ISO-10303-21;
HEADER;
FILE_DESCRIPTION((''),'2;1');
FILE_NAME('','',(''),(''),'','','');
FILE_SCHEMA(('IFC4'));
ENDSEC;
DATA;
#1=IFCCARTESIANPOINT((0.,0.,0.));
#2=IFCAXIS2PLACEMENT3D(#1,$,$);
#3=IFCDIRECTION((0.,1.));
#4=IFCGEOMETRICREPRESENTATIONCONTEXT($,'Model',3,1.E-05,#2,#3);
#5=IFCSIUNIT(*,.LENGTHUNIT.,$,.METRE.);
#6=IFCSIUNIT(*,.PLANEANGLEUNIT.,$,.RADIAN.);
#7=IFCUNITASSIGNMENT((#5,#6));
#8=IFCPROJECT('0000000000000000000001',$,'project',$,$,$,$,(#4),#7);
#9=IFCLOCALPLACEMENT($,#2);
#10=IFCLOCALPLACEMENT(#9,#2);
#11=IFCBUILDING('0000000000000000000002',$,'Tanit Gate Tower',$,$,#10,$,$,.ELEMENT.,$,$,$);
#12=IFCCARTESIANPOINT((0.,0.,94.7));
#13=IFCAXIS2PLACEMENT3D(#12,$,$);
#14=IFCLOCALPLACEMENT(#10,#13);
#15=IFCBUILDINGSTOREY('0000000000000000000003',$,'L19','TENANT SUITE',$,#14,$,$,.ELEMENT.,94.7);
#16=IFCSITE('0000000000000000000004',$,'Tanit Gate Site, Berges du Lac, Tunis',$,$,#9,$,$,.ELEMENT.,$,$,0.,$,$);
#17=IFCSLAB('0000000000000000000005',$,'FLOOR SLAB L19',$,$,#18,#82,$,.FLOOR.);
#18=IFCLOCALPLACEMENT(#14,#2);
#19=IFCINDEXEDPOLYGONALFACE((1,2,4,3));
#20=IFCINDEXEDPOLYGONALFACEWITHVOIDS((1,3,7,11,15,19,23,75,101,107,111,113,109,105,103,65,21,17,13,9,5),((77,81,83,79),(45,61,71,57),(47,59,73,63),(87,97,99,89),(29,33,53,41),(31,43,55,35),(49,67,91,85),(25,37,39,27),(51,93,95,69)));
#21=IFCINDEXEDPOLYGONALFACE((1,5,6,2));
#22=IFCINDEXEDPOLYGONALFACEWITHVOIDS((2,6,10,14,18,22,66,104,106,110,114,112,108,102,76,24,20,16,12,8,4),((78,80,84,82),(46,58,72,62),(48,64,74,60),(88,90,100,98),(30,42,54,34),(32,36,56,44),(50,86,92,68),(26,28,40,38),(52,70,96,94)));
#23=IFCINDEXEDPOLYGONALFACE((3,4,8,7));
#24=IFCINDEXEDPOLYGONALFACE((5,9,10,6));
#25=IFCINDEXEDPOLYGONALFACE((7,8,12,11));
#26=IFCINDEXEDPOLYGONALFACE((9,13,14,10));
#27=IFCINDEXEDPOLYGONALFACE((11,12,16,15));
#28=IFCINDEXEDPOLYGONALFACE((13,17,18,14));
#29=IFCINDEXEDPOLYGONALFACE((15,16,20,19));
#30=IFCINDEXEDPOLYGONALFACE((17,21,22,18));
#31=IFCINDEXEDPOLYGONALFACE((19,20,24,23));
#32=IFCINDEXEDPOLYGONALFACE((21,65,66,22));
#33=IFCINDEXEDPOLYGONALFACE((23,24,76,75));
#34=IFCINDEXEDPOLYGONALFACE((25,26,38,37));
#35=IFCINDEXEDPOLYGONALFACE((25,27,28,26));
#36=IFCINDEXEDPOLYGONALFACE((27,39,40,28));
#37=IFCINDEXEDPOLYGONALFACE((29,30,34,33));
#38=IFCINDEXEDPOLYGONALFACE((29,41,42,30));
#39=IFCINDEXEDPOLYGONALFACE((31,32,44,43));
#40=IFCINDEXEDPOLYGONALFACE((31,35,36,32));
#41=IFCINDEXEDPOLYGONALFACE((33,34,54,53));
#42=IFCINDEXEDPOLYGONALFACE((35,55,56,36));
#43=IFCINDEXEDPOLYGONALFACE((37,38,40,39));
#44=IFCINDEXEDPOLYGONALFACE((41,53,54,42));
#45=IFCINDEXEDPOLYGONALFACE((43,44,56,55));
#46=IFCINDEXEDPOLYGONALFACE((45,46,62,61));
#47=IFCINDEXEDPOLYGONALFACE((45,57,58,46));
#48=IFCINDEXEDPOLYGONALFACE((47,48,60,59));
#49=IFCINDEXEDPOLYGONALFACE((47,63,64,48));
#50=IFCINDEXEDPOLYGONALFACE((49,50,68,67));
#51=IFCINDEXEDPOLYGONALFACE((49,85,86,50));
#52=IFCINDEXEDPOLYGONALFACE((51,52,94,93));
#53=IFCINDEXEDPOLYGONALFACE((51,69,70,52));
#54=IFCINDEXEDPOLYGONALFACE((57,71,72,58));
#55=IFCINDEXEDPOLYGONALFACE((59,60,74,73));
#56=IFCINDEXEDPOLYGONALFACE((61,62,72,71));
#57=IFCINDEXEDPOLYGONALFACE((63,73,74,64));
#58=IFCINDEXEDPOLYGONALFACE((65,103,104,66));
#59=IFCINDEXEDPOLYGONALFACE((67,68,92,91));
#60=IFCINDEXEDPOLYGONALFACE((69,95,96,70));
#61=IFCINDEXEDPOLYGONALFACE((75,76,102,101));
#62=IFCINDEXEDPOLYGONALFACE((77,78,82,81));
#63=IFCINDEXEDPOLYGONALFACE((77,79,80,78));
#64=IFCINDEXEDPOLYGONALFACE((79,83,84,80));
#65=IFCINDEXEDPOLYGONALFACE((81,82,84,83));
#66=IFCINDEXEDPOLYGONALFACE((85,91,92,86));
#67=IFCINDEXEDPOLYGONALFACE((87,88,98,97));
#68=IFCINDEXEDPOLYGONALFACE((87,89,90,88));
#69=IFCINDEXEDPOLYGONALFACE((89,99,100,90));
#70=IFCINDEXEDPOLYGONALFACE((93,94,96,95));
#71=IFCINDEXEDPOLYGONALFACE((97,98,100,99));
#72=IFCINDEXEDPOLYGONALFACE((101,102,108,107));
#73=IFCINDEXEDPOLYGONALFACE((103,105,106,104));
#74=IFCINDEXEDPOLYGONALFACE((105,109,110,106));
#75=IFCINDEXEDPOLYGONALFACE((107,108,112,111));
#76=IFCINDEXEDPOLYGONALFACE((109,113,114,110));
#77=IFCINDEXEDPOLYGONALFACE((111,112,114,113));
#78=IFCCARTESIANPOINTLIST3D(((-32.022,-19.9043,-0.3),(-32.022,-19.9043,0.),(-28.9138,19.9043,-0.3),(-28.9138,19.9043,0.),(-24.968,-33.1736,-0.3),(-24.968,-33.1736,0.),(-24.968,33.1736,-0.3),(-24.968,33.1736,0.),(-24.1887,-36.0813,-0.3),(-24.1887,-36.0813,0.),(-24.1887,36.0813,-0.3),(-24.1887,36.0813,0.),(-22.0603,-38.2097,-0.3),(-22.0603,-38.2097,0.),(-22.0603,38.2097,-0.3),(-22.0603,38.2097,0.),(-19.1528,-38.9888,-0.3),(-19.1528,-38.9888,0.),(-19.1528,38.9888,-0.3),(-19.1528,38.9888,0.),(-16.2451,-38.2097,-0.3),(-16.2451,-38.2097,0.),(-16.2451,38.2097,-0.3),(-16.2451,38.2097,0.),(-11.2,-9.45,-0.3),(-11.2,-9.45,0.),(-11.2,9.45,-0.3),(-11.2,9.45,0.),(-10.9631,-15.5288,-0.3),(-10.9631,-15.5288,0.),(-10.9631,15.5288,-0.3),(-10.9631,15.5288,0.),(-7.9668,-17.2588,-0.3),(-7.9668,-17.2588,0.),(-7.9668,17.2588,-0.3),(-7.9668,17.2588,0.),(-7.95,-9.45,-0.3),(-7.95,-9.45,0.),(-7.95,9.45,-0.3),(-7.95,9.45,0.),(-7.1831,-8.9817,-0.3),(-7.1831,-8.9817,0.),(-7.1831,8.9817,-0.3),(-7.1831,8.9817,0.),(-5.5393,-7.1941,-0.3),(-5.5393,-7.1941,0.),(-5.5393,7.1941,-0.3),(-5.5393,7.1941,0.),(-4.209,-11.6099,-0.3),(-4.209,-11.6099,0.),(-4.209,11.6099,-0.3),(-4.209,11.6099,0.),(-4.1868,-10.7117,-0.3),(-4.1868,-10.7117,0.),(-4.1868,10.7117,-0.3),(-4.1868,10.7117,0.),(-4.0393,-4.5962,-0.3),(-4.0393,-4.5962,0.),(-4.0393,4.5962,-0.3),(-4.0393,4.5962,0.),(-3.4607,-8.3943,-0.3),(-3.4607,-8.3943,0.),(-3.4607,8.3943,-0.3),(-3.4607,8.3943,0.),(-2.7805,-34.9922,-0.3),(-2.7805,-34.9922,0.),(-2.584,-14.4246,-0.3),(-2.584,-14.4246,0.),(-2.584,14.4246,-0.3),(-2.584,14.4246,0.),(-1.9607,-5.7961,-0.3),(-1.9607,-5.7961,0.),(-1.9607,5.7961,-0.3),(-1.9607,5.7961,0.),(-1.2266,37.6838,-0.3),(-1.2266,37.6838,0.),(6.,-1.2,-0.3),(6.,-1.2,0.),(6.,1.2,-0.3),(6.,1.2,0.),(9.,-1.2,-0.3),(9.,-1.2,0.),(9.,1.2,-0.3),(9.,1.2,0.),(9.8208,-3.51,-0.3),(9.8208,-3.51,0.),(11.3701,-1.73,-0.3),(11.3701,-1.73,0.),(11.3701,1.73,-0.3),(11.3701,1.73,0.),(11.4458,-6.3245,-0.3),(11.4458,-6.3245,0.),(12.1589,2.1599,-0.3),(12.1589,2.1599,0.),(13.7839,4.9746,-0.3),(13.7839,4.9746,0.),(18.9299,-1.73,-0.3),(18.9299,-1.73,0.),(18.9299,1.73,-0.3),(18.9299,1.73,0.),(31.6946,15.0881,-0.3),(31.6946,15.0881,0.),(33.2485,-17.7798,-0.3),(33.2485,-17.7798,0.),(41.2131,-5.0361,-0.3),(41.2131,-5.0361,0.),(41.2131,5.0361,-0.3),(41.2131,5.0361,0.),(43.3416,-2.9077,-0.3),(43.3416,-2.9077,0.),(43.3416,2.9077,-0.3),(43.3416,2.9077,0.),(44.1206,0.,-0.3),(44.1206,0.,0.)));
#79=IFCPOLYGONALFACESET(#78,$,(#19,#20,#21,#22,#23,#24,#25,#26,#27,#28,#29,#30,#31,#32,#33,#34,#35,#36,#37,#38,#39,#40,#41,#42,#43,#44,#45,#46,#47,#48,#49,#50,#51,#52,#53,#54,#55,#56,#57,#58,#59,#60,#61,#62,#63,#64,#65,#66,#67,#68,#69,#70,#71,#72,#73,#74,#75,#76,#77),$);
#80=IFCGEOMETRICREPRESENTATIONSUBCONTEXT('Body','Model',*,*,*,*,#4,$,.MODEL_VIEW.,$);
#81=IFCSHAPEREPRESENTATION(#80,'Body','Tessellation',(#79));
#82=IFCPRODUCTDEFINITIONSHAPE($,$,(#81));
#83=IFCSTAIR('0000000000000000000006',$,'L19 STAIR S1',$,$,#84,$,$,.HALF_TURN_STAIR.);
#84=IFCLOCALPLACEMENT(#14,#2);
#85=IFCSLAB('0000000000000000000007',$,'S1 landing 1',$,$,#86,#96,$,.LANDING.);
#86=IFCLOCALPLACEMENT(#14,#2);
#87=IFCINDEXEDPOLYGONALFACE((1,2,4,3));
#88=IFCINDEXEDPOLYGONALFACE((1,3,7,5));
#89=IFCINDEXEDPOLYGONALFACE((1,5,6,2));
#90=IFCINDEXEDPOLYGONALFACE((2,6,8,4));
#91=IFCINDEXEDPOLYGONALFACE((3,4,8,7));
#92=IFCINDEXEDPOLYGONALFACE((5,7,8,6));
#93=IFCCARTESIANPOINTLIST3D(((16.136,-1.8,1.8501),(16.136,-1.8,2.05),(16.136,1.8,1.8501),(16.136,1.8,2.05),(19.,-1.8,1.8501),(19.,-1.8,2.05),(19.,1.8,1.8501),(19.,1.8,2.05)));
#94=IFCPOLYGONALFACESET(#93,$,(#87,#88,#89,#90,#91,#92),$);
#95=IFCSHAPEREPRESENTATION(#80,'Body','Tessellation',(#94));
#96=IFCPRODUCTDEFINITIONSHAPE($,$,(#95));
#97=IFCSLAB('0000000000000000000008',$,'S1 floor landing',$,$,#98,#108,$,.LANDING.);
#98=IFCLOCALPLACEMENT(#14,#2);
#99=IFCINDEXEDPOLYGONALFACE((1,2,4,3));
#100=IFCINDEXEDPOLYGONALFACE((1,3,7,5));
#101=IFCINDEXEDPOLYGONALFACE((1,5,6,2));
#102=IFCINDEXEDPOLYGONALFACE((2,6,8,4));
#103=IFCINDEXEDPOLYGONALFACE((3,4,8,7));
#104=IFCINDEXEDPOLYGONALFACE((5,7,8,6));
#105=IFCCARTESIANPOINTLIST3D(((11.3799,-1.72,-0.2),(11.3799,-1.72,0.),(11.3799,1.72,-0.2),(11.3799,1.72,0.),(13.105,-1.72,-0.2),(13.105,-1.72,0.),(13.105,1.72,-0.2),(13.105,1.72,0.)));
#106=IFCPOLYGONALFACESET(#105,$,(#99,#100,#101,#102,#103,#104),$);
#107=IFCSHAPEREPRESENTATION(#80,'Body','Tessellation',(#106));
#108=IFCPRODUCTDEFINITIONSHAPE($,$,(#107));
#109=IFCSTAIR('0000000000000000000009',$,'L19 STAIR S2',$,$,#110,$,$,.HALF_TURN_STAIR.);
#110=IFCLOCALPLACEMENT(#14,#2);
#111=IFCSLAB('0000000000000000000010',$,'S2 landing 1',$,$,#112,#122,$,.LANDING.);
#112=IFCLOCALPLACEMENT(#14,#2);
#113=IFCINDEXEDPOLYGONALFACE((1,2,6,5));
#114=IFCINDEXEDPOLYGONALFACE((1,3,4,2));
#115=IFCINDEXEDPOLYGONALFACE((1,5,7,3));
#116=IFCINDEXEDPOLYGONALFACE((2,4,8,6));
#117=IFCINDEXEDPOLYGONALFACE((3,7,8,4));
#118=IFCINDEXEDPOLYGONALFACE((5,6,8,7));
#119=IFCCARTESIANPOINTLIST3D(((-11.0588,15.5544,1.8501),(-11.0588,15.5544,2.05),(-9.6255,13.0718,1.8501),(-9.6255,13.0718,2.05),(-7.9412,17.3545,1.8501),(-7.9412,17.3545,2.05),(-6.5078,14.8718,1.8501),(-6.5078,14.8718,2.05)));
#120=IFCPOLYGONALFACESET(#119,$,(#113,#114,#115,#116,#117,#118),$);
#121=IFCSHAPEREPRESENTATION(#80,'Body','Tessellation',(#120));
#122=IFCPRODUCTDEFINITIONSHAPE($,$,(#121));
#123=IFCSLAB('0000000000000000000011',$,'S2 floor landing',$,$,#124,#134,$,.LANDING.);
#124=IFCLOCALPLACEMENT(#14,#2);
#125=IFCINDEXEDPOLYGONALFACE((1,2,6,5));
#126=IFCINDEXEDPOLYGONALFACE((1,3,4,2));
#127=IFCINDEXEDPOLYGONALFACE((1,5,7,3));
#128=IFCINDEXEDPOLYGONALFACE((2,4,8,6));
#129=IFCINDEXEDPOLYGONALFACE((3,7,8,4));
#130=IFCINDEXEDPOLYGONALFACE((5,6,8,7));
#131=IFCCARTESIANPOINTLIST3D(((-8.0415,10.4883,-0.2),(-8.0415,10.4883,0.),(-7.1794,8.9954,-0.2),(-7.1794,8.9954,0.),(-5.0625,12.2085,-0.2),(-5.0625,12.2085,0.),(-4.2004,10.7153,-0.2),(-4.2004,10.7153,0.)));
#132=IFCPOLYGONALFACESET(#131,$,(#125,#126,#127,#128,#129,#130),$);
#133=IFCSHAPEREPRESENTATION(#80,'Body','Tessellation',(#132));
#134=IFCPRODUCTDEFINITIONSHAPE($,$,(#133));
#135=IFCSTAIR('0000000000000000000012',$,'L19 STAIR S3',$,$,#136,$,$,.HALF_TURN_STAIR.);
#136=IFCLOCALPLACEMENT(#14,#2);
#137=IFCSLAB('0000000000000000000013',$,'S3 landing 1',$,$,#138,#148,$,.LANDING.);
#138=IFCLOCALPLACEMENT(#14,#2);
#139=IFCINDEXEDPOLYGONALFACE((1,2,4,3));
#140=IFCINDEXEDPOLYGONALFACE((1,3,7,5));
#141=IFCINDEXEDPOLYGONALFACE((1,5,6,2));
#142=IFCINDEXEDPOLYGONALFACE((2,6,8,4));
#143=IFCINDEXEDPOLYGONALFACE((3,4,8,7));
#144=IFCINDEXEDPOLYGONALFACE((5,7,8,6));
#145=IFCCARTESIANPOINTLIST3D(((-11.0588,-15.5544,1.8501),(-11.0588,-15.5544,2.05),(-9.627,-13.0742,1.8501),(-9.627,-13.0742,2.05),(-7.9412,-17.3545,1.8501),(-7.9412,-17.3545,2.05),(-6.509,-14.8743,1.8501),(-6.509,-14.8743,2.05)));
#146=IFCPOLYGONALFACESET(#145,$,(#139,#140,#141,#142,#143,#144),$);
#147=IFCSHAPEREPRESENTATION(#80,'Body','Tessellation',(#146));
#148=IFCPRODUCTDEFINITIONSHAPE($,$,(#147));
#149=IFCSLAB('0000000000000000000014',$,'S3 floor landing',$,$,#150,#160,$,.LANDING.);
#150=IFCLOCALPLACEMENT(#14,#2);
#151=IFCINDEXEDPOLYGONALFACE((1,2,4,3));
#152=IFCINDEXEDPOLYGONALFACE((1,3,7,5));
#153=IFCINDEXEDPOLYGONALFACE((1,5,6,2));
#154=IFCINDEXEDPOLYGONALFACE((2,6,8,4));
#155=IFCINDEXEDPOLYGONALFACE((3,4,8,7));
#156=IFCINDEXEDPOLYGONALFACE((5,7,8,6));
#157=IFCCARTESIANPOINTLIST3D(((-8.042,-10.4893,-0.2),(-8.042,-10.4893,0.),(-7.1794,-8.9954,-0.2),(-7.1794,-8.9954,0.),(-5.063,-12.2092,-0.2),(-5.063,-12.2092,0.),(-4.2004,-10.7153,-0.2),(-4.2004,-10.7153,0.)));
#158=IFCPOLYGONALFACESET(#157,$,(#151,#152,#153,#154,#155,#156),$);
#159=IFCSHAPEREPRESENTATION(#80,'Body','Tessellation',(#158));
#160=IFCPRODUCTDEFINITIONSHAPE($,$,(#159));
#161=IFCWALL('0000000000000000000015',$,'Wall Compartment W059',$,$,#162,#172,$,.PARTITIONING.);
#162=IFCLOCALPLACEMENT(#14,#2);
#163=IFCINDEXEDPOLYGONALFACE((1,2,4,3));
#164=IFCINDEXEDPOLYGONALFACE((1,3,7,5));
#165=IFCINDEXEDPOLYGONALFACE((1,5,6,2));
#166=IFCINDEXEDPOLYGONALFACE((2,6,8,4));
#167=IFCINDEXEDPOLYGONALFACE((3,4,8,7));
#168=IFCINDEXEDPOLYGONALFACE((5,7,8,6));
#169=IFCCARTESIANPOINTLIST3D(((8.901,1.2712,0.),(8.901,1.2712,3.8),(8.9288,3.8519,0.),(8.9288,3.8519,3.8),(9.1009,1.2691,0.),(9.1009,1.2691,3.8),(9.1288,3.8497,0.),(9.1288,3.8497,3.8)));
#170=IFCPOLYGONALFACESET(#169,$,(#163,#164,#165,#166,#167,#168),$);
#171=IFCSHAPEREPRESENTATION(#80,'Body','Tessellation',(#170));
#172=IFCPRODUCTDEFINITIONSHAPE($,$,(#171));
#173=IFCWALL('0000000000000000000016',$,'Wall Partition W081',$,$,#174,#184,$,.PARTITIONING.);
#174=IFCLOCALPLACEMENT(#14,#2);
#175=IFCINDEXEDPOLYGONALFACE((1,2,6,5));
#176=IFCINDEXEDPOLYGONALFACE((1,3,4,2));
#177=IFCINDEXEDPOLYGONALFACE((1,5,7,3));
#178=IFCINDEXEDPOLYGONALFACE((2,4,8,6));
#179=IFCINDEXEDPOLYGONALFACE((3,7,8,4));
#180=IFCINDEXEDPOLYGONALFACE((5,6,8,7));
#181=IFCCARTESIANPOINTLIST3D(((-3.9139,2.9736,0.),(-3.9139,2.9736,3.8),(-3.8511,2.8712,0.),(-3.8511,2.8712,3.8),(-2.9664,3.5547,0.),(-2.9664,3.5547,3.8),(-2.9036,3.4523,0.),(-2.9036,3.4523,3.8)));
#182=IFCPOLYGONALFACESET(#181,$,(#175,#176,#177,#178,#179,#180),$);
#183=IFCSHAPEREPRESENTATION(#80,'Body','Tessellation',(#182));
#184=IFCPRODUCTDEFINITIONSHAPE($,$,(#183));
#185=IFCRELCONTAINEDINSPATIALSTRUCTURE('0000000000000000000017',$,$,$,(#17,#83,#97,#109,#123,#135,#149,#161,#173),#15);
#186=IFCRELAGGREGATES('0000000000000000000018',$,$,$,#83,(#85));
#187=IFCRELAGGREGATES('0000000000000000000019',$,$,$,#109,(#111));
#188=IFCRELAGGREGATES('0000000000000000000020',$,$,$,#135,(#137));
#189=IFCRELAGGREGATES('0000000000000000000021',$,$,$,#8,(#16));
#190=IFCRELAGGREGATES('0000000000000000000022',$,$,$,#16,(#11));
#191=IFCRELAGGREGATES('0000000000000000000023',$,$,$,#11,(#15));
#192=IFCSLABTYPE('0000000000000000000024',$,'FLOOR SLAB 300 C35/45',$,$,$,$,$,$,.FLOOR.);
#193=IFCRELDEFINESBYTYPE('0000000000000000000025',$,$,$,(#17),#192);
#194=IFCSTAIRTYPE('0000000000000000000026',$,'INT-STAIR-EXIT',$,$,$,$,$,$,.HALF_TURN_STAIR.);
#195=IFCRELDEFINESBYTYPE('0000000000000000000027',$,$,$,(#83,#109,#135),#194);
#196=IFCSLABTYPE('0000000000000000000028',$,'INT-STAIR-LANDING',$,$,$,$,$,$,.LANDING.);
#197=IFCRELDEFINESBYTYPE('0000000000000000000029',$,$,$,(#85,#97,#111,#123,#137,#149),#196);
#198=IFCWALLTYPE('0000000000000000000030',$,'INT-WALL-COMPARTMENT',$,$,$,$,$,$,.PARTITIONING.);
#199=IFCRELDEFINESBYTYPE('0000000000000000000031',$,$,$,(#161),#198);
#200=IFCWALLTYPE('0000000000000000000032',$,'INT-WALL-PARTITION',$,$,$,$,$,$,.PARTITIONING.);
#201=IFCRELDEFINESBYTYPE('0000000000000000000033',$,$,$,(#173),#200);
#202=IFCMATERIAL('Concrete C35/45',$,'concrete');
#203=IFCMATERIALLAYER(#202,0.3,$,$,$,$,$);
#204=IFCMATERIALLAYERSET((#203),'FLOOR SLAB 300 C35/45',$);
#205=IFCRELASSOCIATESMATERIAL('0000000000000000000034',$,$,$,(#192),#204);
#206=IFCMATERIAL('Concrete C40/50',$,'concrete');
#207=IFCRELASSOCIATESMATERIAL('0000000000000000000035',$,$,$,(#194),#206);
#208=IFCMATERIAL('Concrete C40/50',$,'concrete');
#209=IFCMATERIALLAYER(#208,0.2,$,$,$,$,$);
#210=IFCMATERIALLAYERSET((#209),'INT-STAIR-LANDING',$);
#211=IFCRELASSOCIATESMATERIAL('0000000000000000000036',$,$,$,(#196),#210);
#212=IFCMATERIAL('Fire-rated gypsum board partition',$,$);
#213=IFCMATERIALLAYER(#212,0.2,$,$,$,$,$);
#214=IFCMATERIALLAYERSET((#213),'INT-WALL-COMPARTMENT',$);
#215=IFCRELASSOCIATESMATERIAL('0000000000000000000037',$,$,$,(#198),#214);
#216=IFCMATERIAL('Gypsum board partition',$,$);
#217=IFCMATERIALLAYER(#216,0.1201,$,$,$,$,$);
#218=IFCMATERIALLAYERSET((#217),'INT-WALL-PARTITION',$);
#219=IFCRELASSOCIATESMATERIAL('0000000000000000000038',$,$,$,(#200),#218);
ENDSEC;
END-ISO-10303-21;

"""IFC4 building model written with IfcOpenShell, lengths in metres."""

from ifc_helpers import new_model, si_unit, direction, frame, frame_2d, origin, place, context, subcontext, project, spatial, polyline, rectangle, outline, extrude, material, layer, layer_set, type_object, element, aggregate, save


model = new_model("IFC4")

# Units and contexts
model_context = context("Model", 3, precision=1e-05, world=origin(), true_north=direction((0.0, 1.0)))
body_context = subcontext(model_context, "Body", "Model", "MODEL_VIEW")
ifc_project = project(units=[si_unit("LENGTHUNIT", "METRE"), si_unit("PLANEANGLEUNIT", "RADIAN")], contexts=[model_context])

# Site, building, storey
site_placement = place(None, origin())
site = spatial("IfcSite", under=ifc_project, at=site_placement, Name="Tanit Gate Site, Berges du Lac, Tunis", CompositionType="ELEMENT", RefElevation=0.0)
building_placement = place(site_placement, origin())
building = spatial("IfcBuilding", under=site, at=building_placement, Name="Tanit Gate Tower", CompositionType="ELEMENT")
storey_placement = place(building_placement, frame((0.0, 0.0, 94.7)))
storey = spatial("IfcBuildingStorey", under=building, at=storey_placement, Name="L19", Description="TENANT SUITE", CompositionType="ELEMENT", Elevation=94.7)

# Slab
ifc_material_1 = material(Name="Concrete C35/45", Category="concrete")
ifc_layer_1 = layer(ifc_material_1, 0.3)
ifc_layer_set_1 = layer_set([ifc_layer_1], Name="FLOOR SLAB 300 C35/45")
slab_type_1 = type_object("IfcSlabType", Name="FLOOR SLAB 300 C35/45", PredefinedType="FLOOR", material=ifc_layer_set_1)
slab_1_placement = place(storey_placement, frame((0.0, 0.0, -0.3)))
element("IfcSlab", 1, at=slab_1_placement, inside=storey, type_object=slab_type_1, Name="FLOOR SLAB L19", PredefinedType="FLOOR", context=body_context, shape_type="SweptSolid", body=[
    extrude(outline(polyline([(41.2131, 5.0361), (43.3416, 2.9077), (44.1206, 0.0), (43.3416, -2.9077), (41.2131, -5.0361), (33.2485, -17.7798), (-2.7805, -34.9922), (-16.2451, -38.2097), (-19.1528, -38.9888), (-22.0603, -38.2097), (-24.1887, -36.0813), (-24.968, -33.1736), (-32.022, -19.9043), (-28.9138, 19.9043), (-24.968, 33.1736), (-24.1887, 36.0813), (-22.0603, 38.2097), (-19.1528, 38.9888), (-16.2451, 38.2097), (-1.2266, 37.6838), (31.6946, 15.0881), (41.2131, 5.0361)]), holes=[polyline([(11.3701, 1.73), (18.9299, 1.73), (18.9299, -1.73), (11.3701, -1.73), (11.3701, 1.73)]), polyline([(-4.209, 11.6099), (-2.584, 14.4246), (13.7839, 4.9746), (12.1589, 2.1599), (-4.209, 11.6099)]), polyline([(-4.209, -11.6099), (9.8208, -3.51), (11.4458, -6.3245), (-2.584, -14.4246), (-4.209, -11.6099)]), polyline([(9.0, 1.2), (9.0, -1.2), (6.0, -1.2), (6.0, 1.2), (9.0, 1.2)]), polyline([(-5.5393, 7.1941), (-3.4607, 8.3943), (-1.9607, 5.7961), (-4.0393, 4.5962), (-5.5393, 7.1941)]), polyline([(-1.9607, -5.7961), (-3.4607, -8.3943), (-5.5393, -7.1941), (-4.0393, -4.5962), (-1.9607, -5.7961)]), polyline([(-10.9631, 15.5288), (-7.9668, 17.2588), (-4.1868, 10.7117), (-7.1831, 8.9817), (-10.9631, 15.5288)]), polyline([(-4.1868, -10.7117), (-7.9668, -17.2588), (-10.9631, -15.5288), (-7.1831, -8.9817), (-4.1868, -10.7117)]), polyline([(-11.2, -9.45), (-11.2, 9.45), (-7.95, 9.45), (-7.95, -9.45), (-11.2, -9.45)])]), origin(), (0.0, 0.0, 1.0), 0.3),
])

# Stair, slab
ifc_material_2 = material(Name="Concrete C40/50", Category="concrete")
stair_type = type_object("IfcStairType", Name="INT-STAIR-EXIT", PredefinedType="HALF_TURN_STAIR", material=ifc_material_2)
stair_1_placement = place(storey_placement, origin())
stair_1 = element("IfcStair", 2, at=stair_1_placement, inside=storey, type_object=stair_type, Name="L19 STAIR S1", PredefinedType="HALF_TURN_STAIR")
ifc_material_3 = material(Name="Concrete C40/50", Category="concrete")
ifc_layer_2 = layer(ifc_material_3, 0.2)
ifc_layer_set_2 = layer_set([ifc_layer_2], Name="INT-STAIR-LANDING")
slab_type_2 = type_object("IfcSlabType", Name="INT-STAIR-LANDING", PredefinedType="LANDING", material=ifc_layer_set_2)
slab_2_placement = place(storey_placement, frame((0.0, 0.0, 1.8501)))
slab_2 = element("IfcSlab", 3, at=slab_2_placement, type_object=slab_type_2, Name="S1 landing 1", PredefinedType="LANDING", context=body_context, shape_type="SweptSolid", body=[
    extrude(outline(polyline([(16.136, -1.8), (19.0, -1.8), (19.0, 1.8), (16.136, 1.8), (16.136, -1.8)])), origin(), (0.0, 0.0, 1.0), 0.2),
])
aggregate(stair_1, [slab_2])

# Slab
slab_3_placement = place(storey_placement, frame((0.0, 0.0, -0.2)))
element("IfcSlab", 4, at=slab_3_placement, inside=storey, type_object=slab_type_2, Name="S1 floor landing", PredefinedType="LANDING", context=body_context, shape_type="SweptSolid", body=[
    extrude(outline(polyline([(11.3799, -1.72), (13.105, -1.72), (13.105, 1.72), (11.3799, 1.72), (11.3799, -1.72)])), origin(), (0.0, 0.0, 1.0), 0.2),
])

# Stair, slab
stair_2_placement = place(storey_placement, origin())
stair_2 = element("IfcStair", 5, at=stair_2_placement, inside=storey, type_object=stair_type, Name="L19 STAIR S2", PredefinedType="HALF_TURN_STAIR")
slab_4_placement = place(storey_placement, frame((0.0, 0.0, 1.8501)))
slab_4 = element("IfcSlab", 6, at=slab_4_placement, type_object=slab_type_2, Name="S2 landing 1", PredefinedType="LANDING", context=body_context, shape_type="SweptSolid", body=[
    extrude(outline(polyline([(-6.5078, 14.8718), (-7.9412, 17.3545), (-11.0588, 15.5544), (-9.6255, 13.0718), (-6.5078, 14.8718)])), origin(), (0.0, 0.0, 1.0), 0.2),
])
aggregate(stair_2, [slab_4])

# Slab
slab_5_placement = place(storey_placement, frame((0.0, 0.0, -0.2)))
element("IfcSlab", 7, at=slab_5_placement, inside=storey, type_object=slab_type_2, Name="S2 floor landing", PredefinedType="LANDING", context=body_context, shape_type="SweptSolid", body=[
    extrude(outline(polyline([(-4.2004, 10.7153), (-5.0625, 12.2085), (-8.0415, 10.4883), (-7.1794, 8.9954), (-4.2004, 10.7153)])), origin(), (0.0, 0.0, 1.0), 0.2),
])

# Stair, slab
stair_3_placement = place(storey_placement, origin())
stair_3 = element("IfcStair", 8, at=stair_3_placement, inside=storey, type_object=stair_type, Name="L19 STAIR S3", PredefinedType="HALF_TURN_STAIR")
slab_6_placement = place(storey_placement, frame((0.0, 0.0, 1.8501)))
slab_6 = element("IfcSlab", 9, at=slab_6_placement, type_object=slab_type_2, Name="S3 landing 1", PredefinedType="LANDING", context=body_context, shape_type="SweptSolid", body=[
    extrude(outline(polyline([(-9.627, -13.0742), (-11.0588, -15.5544), (-7.9412, -17.3545), (-6.509, -14.8743), (-9.627, -13.0742)])), origin(), (0.0, 0.0, 1.0), 0.2),
])
aggregate(stair_3, [slab_6])

# Slab
slab_7_placement = place(storey_placement, frame((0.0, 0.0, -0.2)))
element("IfcSlab", 10, at=slab_7_placement, inside=storey, type_object=slab_type_2, Name="S3 floor landing", PredefinedType="LANDING", context=body_context, shape_type="SweptSolid", body=[
    extrude(outline(polyline([(-7.1794, -8.9954), (-8.042, -10.4893), (-5.063, -12.2092), (-4.2004, -10.7153), (-7.1794, -8.9954)])), origin(), (0.0, 0.0, 1.0), 0.2),
])

# Walls
ifc_material_4 = material(Name="Fire-rated gypsum board partition")
ifc_layer_3 = layer(ifc_material_4, 0.2)
ifc_layer_set_3 = layer_set([ifc_layer_3], Name="INT-WALL-COMPARTMENT")
wall_type_1 = type_object("IfcWallType", Name="INT-WALL-COMPARTMENT", PredefinedType="PARTITIONING", material=ifc_layer_set_3)
wall_1_placement = place(storey_placement, frame((9.001, 1.27, 0.0), z_axis=(0.0, 0.0, 1.0), x_axis=(0.010785, 0.999942, 0.0)))
element("IfcWall", 11, at=wall_1_placement, inside=storey, type_object=wall_type_1, Name="Wall Compartment W059", PredefinedType="PARTITIONING", context=body_context, shape_type="SweptSolid", body=[
    extrude(rectangle(XDim=2.5808, YDim=0.2, at=frame_2d((1.2905, 0.0))), origin(), (0.0, 0.0, 1.0), 3.8),
])
ifc_material_5 = material(Name="Gypsum board partition")
ifc_layer_4 = layer(ifc_material_5, 0.1201)
ifc_layer_set_4 = layer_set([ifc_layer_4], Name="INT-WALL-PARTITION")
wall_type_2 = type_object("IfcWallType", Name="INT-WALL-PARTITION", PredefinedType="PARTITIONING", material=ifc_layer_set_4)
wall_2_placement = place(storey_placement, frame((-2.9351, 3.5034, 0.0), z_axis=(0.0, 0.0, 1.0), x_axis=(-0.852472, -0.522773, 0.0)))
element("IfcWall", 12, at=wall_2_placement, inside=storey, type_object=wall_type_2, Name="Wall Partition W081", PredefinedType="PARTITIONING", context=body_context, shape_type="SweptSolid", body=[
    extrude(rectangle(XDim=1.1116, YDim=0.1201, at=frame_2d((0.5557, 0.0))), origin(), (0.0, 0.0, 1.0), 3.8),
])

save(model, "model.ifc")
